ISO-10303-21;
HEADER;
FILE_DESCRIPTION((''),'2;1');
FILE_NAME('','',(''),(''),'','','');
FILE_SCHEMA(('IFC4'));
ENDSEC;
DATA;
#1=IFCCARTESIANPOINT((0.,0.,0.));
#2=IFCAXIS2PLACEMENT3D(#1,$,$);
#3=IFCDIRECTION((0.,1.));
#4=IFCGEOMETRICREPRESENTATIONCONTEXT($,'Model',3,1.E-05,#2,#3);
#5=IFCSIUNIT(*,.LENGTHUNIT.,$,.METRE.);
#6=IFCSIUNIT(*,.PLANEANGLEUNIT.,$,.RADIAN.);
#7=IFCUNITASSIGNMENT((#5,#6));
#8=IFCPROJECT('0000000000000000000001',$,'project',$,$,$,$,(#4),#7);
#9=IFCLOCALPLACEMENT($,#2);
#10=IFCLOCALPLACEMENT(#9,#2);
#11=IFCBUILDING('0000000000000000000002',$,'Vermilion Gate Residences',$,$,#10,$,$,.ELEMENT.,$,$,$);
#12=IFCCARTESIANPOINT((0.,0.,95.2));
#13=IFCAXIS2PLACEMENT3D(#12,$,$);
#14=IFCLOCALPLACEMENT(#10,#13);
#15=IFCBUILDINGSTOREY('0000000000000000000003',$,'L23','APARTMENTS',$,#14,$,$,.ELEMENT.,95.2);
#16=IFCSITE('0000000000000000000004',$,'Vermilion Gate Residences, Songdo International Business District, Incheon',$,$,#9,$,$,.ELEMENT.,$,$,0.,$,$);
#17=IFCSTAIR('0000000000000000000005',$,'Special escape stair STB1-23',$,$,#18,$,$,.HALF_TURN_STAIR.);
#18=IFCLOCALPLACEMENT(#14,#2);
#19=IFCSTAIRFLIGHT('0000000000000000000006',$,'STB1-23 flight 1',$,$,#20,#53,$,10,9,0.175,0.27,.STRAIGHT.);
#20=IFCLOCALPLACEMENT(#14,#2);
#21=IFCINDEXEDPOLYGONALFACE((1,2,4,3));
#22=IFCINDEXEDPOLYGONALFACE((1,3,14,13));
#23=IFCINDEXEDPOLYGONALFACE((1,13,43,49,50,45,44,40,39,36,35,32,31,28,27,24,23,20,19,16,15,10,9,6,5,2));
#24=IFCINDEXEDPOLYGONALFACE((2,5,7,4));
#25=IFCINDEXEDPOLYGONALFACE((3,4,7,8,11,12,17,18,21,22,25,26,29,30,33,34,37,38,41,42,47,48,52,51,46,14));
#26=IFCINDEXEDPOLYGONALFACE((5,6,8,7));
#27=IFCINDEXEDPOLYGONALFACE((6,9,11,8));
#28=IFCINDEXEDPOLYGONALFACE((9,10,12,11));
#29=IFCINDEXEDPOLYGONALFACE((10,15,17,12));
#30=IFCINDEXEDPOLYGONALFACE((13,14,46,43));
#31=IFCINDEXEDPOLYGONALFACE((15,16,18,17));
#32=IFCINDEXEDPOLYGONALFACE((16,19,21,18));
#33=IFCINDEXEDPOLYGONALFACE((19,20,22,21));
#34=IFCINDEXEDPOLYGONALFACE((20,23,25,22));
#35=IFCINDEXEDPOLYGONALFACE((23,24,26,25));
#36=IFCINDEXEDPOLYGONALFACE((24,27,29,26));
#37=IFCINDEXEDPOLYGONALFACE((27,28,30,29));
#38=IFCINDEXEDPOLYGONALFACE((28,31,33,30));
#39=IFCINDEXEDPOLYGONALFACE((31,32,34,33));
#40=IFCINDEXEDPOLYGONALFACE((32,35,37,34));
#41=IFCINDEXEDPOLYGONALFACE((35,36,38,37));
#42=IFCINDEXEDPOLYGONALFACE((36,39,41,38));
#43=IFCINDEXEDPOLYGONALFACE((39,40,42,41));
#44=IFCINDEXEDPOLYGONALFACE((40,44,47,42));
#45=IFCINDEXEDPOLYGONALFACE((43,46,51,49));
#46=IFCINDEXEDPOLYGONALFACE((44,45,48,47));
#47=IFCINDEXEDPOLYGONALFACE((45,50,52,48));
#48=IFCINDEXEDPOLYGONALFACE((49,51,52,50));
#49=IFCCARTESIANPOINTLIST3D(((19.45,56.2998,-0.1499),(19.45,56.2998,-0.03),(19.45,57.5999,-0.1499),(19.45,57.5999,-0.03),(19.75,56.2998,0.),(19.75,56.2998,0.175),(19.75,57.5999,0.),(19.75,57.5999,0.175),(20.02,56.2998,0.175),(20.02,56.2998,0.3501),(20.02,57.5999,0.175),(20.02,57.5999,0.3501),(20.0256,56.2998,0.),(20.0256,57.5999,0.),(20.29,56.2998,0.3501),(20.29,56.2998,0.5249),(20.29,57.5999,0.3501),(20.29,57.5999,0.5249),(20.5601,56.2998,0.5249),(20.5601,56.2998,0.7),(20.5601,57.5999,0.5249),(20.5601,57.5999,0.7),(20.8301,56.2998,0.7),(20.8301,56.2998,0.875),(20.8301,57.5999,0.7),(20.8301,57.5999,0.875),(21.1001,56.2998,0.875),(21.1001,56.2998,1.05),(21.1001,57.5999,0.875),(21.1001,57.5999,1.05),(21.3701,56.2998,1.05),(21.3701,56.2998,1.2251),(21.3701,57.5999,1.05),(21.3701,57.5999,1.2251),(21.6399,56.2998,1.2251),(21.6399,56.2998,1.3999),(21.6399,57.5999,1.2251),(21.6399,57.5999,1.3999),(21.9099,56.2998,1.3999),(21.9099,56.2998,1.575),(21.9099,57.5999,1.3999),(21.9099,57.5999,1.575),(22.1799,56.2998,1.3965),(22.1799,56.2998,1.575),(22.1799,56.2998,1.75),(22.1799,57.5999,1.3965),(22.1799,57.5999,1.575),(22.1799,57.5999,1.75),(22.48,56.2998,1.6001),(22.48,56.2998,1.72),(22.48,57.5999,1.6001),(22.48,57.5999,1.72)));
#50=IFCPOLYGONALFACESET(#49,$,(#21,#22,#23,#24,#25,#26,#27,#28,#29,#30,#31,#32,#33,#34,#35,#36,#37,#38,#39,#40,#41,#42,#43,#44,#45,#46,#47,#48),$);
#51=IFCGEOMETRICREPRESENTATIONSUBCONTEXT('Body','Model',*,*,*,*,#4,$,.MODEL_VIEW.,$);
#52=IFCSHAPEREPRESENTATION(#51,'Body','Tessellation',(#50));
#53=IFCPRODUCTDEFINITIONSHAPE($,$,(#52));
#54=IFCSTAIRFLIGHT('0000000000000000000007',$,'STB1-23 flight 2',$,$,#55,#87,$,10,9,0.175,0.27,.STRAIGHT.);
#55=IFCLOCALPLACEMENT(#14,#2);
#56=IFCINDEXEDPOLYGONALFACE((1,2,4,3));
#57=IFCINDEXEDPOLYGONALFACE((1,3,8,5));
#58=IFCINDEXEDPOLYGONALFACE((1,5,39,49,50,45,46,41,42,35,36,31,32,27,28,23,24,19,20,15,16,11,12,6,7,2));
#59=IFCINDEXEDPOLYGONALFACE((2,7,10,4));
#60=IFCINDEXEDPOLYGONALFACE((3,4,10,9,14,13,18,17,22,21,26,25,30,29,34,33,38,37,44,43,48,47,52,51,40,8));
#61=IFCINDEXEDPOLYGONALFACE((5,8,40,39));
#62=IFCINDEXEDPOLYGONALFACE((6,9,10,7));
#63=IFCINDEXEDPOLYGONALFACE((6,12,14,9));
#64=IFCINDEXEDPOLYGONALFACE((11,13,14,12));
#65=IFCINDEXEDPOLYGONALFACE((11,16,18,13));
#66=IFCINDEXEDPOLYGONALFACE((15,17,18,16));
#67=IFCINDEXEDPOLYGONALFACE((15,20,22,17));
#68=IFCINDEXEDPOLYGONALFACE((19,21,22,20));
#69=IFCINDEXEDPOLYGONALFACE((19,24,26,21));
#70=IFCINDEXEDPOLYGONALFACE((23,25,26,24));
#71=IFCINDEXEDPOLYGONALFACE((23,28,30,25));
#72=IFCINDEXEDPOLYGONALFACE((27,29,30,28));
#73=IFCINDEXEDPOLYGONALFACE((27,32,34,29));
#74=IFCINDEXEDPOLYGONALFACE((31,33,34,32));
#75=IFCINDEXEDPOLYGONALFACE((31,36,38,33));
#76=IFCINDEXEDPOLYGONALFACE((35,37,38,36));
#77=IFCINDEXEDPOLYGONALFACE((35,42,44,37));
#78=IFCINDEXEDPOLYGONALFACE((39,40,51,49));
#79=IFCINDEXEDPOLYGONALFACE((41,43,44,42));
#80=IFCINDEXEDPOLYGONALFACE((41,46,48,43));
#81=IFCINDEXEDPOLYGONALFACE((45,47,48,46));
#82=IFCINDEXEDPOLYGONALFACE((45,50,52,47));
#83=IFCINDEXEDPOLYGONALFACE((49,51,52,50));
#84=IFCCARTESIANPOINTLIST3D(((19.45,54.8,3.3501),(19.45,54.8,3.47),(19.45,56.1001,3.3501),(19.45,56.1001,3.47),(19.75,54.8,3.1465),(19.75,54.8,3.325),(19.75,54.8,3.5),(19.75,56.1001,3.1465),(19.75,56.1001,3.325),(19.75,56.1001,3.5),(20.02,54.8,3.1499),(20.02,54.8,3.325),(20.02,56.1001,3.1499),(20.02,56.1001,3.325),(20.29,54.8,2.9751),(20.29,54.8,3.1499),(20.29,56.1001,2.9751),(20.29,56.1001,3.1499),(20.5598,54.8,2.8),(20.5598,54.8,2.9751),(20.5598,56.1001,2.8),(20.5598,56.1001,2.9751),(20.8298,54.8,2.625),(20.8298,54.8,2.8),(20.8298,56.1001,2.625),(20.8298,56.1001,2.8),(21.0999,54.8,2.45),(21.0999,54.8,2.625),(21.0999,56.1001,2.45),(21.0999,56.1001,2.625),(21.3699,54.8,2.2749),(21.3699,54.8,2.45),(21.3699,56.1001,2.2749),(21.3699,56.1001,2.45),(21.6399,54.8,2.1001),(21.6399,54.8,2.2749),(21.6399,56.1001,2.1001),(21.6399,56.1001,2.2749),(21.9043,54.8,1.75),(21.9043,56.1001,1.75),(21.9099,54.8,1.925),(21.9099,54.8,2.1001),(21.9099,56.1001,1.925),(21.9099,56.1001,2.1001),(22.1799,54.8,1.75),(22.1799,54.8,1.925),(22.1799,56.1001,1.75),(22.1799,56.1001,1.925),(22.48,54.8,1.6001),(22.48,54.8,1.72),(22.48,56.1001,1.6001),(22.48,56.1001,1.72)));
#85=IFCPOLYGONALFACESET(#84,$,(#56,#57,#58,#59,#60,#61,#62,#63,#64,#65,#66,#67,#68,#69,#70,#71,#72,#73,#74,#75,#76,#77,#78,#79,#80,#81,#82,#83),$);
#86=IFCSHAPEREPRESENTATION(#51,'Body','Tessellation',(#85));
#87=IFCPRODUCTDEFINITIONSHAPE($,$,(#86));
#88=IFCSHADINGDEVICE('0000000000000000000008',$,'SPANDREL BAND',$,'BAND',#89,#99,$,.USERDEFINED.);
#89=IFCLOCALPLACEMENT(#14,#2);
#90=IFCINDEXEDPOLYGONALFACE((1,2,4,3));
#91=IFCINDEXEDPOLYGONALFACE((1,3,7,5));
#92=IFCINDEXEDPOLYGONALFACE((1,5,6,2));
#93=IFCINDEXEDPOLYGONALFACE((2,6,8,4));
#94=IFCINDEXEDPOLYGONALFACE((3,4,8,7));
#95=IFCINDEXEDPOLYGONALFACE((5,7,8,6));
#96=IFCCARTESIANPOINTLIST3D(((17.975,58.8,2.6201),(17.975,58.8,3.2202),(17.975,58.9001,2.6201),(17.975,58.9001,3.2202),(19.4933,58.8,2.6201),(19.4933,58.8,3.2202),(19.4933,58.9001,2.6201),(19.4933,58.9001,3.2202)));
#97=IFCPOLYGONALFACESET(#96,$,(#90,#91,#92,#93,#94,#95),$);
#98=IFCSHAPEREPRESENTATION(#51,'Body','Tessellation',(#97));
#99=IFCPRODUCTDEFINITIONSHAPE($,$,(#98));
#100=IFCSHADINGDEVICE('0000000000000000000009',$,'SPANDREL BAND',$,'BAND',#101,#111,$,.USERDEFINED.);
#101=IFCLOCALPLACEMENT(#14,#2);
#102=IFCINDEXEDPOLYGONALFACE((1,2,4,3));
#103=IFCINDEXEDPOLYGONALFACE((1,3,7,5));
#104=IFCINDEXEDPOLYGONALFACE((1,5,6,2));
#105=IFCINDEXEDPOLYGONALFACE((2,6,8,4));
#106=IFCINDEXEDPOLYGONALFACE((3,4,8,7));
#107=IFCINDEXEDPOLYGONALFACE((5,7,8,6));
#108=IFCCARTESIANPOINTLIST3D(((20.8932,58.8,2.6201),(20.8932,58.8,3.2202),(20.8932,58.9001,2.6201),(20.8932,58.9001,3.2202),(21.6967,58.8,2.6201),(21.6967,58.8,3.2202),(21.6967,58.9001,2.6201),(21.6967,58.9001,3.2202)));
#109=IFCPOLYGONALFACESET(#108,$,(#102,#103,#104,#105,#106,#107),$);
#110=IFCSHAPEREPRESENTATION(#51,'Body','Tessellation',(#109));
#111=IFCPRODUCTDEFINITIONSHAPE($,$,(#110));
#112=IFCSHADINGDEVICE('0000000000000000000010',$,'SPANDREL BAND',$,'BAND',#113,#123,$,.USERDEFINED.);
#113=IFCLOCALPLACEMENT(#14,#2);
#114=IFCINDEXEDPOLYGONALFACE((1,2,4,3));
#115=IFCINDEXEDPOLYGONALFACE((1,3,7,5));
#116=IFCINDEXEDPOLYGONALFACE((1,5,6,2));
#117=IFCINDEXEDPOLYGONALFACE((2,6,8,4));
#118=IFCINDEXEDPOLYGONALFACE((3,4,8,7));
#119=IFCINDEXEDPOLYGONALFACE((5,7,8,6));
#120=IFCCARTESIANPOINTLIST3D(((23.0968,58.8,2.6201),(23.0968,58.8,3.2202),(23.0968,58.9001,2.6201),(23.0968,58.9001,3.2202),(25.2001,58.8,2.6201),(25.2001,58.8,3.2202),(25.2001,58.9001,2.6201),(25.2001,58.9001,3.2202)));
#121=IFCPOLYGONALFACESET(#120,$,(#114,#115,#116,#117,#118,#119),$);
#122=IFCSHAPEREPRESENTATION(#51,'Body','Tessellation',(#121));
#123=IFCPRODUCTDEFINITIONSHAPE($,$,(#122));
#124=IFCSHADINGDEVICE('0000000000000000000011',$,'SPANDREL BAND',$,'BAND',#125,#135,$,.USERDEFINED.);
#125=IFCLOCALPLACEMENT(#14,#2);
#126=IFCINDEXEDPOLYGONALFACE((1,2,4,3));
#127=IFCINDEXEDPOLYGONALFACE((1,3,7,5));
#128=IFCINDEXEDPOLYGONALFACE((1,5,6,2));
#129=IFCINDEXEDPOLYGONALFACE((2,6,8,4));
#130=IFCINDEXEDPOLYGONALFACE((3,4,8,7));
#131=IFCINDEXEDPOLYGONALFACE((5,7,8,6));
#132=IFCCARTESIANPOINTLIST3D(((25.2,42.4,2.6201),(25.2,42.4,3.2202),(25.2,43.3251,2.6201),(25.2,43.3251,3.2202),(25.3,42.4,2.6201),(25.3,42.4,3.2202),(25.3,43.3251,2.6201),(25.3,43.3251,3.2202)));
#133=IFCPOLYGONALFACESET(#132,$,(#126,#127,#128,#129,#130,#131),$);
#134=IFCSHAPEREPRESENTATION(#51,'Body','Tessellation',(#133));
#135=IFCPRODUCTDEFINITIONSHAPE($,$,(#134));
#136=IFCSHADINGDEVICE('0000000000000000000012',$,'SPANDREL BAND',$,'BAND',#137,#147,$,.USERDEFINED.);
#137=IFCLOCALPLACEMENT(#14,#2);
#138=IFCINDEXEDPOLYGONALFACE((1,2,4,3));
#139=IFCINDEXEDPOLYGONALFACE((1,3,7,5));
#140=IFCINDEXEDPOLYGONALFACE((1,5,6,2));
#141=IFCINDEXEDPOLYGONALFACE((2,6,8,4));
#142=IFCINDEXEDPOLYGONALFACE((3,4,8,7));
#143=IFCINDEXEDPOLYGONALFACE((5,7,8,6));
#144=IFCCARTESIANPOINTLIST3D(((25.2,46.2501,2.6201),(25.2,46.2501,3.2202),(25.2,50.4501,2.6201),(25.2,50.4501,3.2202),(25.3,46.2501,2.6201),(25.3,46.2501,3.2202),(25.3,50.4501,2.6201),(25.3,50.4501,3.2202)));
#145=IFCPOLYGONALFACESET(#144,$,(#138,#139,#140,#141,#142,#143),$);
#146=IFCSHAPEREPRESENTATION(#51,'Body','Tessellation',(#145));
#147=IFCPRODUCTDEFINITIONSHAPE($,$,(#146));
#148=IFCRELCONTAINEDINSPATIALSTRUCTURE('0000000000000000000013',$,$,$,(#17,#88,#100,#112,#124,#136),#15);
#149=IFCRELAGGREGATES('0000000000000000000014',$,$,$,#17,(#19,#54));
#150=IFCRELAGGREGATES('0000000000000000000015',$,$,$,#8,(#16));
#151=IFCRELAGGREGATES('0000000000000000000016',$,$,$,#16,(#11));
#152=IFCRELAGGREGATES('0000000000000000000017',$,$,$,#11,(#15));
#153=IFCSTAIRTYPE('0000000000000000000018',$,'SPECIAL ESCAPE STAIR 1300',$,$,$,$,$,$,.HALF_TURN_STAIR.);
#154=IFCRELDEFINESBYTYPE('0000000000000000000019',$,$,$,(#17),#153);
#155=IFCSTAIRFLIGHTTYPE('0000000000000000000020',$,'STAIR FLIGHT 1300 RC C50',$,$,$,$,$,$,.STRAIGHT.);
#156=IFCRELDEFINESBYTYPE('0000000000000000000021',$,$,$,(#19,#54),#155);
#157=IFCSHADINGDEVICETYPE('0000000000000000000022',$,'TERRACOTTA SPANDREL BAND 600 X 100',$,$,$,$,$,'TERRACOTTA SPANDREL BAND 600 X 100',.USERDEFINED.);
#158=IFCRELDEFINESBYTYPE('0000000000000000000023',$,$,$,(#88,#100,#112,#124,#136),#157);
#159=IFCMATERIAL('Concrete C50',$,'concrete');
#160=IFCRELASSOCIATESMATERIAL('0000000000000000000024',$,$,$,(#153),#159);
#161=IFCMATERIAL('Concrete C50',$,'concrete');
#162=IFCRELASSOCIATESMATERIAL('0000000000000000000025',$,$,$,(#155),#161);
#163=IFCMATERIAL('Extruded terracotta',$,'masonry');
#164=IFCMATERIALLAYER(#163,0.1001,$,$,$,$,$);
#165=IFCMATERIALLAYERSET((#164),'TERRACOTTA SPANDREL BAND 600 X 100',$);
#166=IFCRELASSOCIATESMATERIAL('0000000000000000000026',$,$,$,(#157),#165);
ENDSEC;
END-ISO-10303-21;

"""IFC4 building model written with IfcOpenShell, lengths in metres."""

from ifc_helpers import new_model, si_unit, direction, frame, origin, origin_2d, place, context, subcontext, project, spatial, polyline, rectangle, outline, extrude, material, layer, layer_set, type_object, element, aggregate, save


model = new_model("IFC4")

# Units and contexts
model_context = context("Model", 3, precision=1e-05, world=origin(), true_north=direction((0.0, 1.0)))
body_context = subcontext(model_context, "Body", "Model", "MODEL_VIEW")
ifc_project = project(units=[si_unit("LENGTHUNIT", "METRE"), si_unit("PLANEANGLEUNIT", "RADIAN")], contexts=[model_context])

# Site, building, storey
site_placement = place(None, origin())
site = spatial("IfcSite", under=ifc_project, at=site_placement, Name="Vermilion Gate Residences, Songdo International Business District, Incheon", CompositionType="ELEMENT", RefElevation=0.0)
building_placement = place(site_placement, origin())
building = spatial("IfcBuilding", under=site, at=building_placement, Name="Vermilion Gate Residences", CompositionType="ELEMENT")
storey_placement = place(building_placement, frame((0.0, 0.0, 95.2)))
storey = spatial("IfcBuildingStorey", under=building, at=storey_placement, Name="L23", Description="APARTMENTS", CompositionType="ELEMENT", Elevation=95.2)

# Stair, stair flights
ifc_material_1 = material(Name="Concrete C50", Category="concrete")
stair_type = type_object("IfcStairType", Name="SPECIAL ESCAPE STAIR 1300", PredefinedType="HALF_TURN_STAIR", material=ifc_material_1)
stair_placement = place(storey_placement, origin())
stair = element("IfcStair", 1, at=stair_placement, inside=storey, type_object=stair_type, Name="Special escape stair STB1-23", PredefinedType="HALF_TURN_STAIR")
ifc_material_2 = material(Name="Concrete C50", Category="concrete")
stair_flight_type = type_object("IfcStairFlightType", Name="STAIR FLIGHT 1300 RC C50", PredefinedType="STRAIGHT", material=ifc_material_2)
stair_flight_1_placement = place(storey_placement, frame((19.75, 56.95, 0.0), z_axis=(0.0, 0.0, 1.0), x_axis=(1.0, 0.0, 0.0)))
stair_flight_1 = element("IfcStairFlight", 2, at=stair_flight_1_placement, type_object=stair_flight_type, Name="STB1-23 flight 1", NumberOfRisers=10, NumberOfTreads=9, PredefinedType="STRAIGHT", RiserHeight=0.175, TreadLength=0.27, context=body_context, shape_type="SweptSolid", body=[
    extrude(outline(polyline([(-0.3, -0.1499), (-0.3, -0.03), (0.0, 0.0), (0.0, 0.175), (0.27, 0.175), (0.27, 0.3501), (0.54, 0.3501), (0.54, 0.5249), (0.8101, 0.5249), (0.8101, 0.7), (1.0801, 0.7), (1.0801, 0.875), (1.3501, 0.875), (1.3501, 1.05), (1.6201, 1.05), (1.6201, 1.2251), (1.8899, 1.2251), (1.8899, 1.3999), (2.1599, 1.3999), (2.1599, 1.575), (2.4299, 1.575), (2.4299, 1.75), (2.73, 1.72), (2.73, 1.6001), (2.4299, 1.3965), (0.2756, 0.0), (-0.3, -0.1499)])), frame((0.0, 0.6499, 0.0), z_axis=(0.0, -1.0, 0.0), x_axis=(1.0, 0.0, 0.0)), (0.0, 0.0, 1.0), 1.3),
])
stair_flight_2_placement = place(storey_placement, frame((22.1799, 55.45, 1.75), z_axis=(0.0, 0.0, 1.0), x_axis=(-1.0, 0.0, 0.0)))
stair_flight_2 = element("IfcStairFlight", 3, at=stair_flight_2_placement, type_object=stair_flight_type, Name="STB1-23 flight 2", NumberOfRisers=10, NumberOfTreads=9, PredefinedType="STRAIGHT", RiserHeight=0.175, TreadLength=0.27, context=body_context, shape_type="SweptSolid", body=[
    extrude(outline(polyline([(-0.3, -0.1499), (-0.3, -0.03), (0.0, 0.0), (0.0, 0.175), (0.27, 0.175), (0.27, 0.3501), (0.54, 0.3501), (0.54, 0.5249), (0.8101, 0.5249), (0.8101, 0.7), (1.0801, 0.7), (1.0801, 0.875), (1.3501, 0.875), (1.3501, 1.05), (1.6201, 1.05), (1.6201, 1.2251), (1.8899, 1.2251), (1.8899, 1.3999), (2.1599, 1.3999), (2.1599, 1.575), (2.4299, 1.575), (2.4299, 1.75), (2.73, 1.72), (2.73, 1.6001), (2.4299, 1.3965), (0.2756, 0.0), (-0.3, -0.1499)])), frame((0.0, 0.6499, 0.0), z_axis=(0.0, -1.0, 0.0), x_axis=(1.0, 0.0, 0.0)), (0.0, 0.0, 1.0), 1.3),
])
aggregate(stair, [stair_flight_1, stair_flight_2])

# Shading devices
ifc_material_3 = material(Name="Extruded terracotta", Category="masonry")
ifc_layer_1 = layer(ifc_material_3, 0.1001)
ifc_layer_set_1 = layer_set([ifc_layer_1], Name="TERRACOTTA SPANDREL BAND 600 X 100")
shading_device_type = type_object("IfcShadingDeviceType", Name="TERRACOTTA SPANDREL BAND 600 X 100", ElementType="TERRACOTTA SPANDREL BAND 600 X 100", PredefinedType="USERDEFINED", material=ifc_layer_set_1)
shading_device_1_placement = place(storey_placement, frame((18.7341, 58.8501, 2.6201), z_axis=(0.0, 0.0, 1.0), x_axis=(1.0, 0.0, 0.0)))
element("IfcShadingDevice", 4, at=shading_device_1_placement, inside=storey, type_object=shading_device_type, Name="SPANDREL BAND", ObjectType="BAND", PredefinedType="USERDEFINED", context=body_context, shape_type="SweptSolid", body=[
    extrude(rectangle(XDim=1.5183, YDim=0.1001, at=origin_2d()), origin(), (0.0, 0.0, 1.0), 0.6001),
])
shading_device_2_placement = place(storey_placement, frame((21.2949, 58.8501, 2.6201), z_axis=(0.0, 0.0, 1.0), x_axis=(1.0, 0.0, 0.0)))
element("IfcShadingDevice", 5, at=shading_device_2_placement, inside=storey, type_object=shading_device_type, Name="SPANDREL BAND", ObjectType="BAND", PredefinedType="USERDEFINED", context=body_context, shape_type="SweptSolid", body=[
    extrude(rectangle(XDim=0.8035, YDim=0.1001, at=origin_2d()), origin(), (0.0, 0.0, 1.0), 0.6001),
])
shading_device_3_placement = place(storey_placement, frame((24.1484, 58.8501, 2.6201), z_axis=(0.0, 0.0, 1.0), x_axis=(1.0, 0.0, 0.0)))
element("IfcShadingDevice", 6, at=shading_device_3_placement, inside=storey, type_object=shading_device_type, Name="SPANDREL BAND", ObjectType="BAND", PredefinedType="USERDEFINED", context=body_context, shape_type="SweptSolid", body=[
    extrude(rectangle(XDim=2.1033, YDim=0.1001, at=origin_2d()), origin(), (0.0, 0.0, 1.0), 0.6001),
])
shading_device_4_placement = place(storey_placement, frame((25.25, 42.8625, 2.6201), z_axis=(0.0, 0.0, 1.0), x_axis=(0.0, 1.0, 0.0)))
element("IfcShadingDevice", 7, at=shading_device_4_placement, inside=storey, type_object=shading_device_type, Name="SPANDREL BAND", ObjectType="BAND", PredefinedType="USERDEFINED", context=body_context, shape_type="SweptSolid", body=[
    extrude(rectangle(XDim=0.925, YDim=0.1001, at=origin_2d()), origin(), (0.0, 0.0, 1.0), 0.6001),
])
shading_device_5_placement = place(storey_placement, frame((25.25, 48.3501, 2.6201), z_axis=(0.0, 0.0, 1.0), x_axis=(0.0, 1.0, 0.0)))
element("IfcShadingDevice", 8, at=shading_device_5_placement, inside=storey, type_object=shading_device_type, Name="SPANDREL BAND", ObjectType="BAND", PredefinedType="USERDEFINED", context=body_context, shape_type="SweptSolid", body=[
    extrude(rectangle(XDim=4.2, YDim=0.1001, at=origin_2d()), origin(), (0.0, 0.0, 1.0), 0.6001),
])

save(model, "model.ifc")
